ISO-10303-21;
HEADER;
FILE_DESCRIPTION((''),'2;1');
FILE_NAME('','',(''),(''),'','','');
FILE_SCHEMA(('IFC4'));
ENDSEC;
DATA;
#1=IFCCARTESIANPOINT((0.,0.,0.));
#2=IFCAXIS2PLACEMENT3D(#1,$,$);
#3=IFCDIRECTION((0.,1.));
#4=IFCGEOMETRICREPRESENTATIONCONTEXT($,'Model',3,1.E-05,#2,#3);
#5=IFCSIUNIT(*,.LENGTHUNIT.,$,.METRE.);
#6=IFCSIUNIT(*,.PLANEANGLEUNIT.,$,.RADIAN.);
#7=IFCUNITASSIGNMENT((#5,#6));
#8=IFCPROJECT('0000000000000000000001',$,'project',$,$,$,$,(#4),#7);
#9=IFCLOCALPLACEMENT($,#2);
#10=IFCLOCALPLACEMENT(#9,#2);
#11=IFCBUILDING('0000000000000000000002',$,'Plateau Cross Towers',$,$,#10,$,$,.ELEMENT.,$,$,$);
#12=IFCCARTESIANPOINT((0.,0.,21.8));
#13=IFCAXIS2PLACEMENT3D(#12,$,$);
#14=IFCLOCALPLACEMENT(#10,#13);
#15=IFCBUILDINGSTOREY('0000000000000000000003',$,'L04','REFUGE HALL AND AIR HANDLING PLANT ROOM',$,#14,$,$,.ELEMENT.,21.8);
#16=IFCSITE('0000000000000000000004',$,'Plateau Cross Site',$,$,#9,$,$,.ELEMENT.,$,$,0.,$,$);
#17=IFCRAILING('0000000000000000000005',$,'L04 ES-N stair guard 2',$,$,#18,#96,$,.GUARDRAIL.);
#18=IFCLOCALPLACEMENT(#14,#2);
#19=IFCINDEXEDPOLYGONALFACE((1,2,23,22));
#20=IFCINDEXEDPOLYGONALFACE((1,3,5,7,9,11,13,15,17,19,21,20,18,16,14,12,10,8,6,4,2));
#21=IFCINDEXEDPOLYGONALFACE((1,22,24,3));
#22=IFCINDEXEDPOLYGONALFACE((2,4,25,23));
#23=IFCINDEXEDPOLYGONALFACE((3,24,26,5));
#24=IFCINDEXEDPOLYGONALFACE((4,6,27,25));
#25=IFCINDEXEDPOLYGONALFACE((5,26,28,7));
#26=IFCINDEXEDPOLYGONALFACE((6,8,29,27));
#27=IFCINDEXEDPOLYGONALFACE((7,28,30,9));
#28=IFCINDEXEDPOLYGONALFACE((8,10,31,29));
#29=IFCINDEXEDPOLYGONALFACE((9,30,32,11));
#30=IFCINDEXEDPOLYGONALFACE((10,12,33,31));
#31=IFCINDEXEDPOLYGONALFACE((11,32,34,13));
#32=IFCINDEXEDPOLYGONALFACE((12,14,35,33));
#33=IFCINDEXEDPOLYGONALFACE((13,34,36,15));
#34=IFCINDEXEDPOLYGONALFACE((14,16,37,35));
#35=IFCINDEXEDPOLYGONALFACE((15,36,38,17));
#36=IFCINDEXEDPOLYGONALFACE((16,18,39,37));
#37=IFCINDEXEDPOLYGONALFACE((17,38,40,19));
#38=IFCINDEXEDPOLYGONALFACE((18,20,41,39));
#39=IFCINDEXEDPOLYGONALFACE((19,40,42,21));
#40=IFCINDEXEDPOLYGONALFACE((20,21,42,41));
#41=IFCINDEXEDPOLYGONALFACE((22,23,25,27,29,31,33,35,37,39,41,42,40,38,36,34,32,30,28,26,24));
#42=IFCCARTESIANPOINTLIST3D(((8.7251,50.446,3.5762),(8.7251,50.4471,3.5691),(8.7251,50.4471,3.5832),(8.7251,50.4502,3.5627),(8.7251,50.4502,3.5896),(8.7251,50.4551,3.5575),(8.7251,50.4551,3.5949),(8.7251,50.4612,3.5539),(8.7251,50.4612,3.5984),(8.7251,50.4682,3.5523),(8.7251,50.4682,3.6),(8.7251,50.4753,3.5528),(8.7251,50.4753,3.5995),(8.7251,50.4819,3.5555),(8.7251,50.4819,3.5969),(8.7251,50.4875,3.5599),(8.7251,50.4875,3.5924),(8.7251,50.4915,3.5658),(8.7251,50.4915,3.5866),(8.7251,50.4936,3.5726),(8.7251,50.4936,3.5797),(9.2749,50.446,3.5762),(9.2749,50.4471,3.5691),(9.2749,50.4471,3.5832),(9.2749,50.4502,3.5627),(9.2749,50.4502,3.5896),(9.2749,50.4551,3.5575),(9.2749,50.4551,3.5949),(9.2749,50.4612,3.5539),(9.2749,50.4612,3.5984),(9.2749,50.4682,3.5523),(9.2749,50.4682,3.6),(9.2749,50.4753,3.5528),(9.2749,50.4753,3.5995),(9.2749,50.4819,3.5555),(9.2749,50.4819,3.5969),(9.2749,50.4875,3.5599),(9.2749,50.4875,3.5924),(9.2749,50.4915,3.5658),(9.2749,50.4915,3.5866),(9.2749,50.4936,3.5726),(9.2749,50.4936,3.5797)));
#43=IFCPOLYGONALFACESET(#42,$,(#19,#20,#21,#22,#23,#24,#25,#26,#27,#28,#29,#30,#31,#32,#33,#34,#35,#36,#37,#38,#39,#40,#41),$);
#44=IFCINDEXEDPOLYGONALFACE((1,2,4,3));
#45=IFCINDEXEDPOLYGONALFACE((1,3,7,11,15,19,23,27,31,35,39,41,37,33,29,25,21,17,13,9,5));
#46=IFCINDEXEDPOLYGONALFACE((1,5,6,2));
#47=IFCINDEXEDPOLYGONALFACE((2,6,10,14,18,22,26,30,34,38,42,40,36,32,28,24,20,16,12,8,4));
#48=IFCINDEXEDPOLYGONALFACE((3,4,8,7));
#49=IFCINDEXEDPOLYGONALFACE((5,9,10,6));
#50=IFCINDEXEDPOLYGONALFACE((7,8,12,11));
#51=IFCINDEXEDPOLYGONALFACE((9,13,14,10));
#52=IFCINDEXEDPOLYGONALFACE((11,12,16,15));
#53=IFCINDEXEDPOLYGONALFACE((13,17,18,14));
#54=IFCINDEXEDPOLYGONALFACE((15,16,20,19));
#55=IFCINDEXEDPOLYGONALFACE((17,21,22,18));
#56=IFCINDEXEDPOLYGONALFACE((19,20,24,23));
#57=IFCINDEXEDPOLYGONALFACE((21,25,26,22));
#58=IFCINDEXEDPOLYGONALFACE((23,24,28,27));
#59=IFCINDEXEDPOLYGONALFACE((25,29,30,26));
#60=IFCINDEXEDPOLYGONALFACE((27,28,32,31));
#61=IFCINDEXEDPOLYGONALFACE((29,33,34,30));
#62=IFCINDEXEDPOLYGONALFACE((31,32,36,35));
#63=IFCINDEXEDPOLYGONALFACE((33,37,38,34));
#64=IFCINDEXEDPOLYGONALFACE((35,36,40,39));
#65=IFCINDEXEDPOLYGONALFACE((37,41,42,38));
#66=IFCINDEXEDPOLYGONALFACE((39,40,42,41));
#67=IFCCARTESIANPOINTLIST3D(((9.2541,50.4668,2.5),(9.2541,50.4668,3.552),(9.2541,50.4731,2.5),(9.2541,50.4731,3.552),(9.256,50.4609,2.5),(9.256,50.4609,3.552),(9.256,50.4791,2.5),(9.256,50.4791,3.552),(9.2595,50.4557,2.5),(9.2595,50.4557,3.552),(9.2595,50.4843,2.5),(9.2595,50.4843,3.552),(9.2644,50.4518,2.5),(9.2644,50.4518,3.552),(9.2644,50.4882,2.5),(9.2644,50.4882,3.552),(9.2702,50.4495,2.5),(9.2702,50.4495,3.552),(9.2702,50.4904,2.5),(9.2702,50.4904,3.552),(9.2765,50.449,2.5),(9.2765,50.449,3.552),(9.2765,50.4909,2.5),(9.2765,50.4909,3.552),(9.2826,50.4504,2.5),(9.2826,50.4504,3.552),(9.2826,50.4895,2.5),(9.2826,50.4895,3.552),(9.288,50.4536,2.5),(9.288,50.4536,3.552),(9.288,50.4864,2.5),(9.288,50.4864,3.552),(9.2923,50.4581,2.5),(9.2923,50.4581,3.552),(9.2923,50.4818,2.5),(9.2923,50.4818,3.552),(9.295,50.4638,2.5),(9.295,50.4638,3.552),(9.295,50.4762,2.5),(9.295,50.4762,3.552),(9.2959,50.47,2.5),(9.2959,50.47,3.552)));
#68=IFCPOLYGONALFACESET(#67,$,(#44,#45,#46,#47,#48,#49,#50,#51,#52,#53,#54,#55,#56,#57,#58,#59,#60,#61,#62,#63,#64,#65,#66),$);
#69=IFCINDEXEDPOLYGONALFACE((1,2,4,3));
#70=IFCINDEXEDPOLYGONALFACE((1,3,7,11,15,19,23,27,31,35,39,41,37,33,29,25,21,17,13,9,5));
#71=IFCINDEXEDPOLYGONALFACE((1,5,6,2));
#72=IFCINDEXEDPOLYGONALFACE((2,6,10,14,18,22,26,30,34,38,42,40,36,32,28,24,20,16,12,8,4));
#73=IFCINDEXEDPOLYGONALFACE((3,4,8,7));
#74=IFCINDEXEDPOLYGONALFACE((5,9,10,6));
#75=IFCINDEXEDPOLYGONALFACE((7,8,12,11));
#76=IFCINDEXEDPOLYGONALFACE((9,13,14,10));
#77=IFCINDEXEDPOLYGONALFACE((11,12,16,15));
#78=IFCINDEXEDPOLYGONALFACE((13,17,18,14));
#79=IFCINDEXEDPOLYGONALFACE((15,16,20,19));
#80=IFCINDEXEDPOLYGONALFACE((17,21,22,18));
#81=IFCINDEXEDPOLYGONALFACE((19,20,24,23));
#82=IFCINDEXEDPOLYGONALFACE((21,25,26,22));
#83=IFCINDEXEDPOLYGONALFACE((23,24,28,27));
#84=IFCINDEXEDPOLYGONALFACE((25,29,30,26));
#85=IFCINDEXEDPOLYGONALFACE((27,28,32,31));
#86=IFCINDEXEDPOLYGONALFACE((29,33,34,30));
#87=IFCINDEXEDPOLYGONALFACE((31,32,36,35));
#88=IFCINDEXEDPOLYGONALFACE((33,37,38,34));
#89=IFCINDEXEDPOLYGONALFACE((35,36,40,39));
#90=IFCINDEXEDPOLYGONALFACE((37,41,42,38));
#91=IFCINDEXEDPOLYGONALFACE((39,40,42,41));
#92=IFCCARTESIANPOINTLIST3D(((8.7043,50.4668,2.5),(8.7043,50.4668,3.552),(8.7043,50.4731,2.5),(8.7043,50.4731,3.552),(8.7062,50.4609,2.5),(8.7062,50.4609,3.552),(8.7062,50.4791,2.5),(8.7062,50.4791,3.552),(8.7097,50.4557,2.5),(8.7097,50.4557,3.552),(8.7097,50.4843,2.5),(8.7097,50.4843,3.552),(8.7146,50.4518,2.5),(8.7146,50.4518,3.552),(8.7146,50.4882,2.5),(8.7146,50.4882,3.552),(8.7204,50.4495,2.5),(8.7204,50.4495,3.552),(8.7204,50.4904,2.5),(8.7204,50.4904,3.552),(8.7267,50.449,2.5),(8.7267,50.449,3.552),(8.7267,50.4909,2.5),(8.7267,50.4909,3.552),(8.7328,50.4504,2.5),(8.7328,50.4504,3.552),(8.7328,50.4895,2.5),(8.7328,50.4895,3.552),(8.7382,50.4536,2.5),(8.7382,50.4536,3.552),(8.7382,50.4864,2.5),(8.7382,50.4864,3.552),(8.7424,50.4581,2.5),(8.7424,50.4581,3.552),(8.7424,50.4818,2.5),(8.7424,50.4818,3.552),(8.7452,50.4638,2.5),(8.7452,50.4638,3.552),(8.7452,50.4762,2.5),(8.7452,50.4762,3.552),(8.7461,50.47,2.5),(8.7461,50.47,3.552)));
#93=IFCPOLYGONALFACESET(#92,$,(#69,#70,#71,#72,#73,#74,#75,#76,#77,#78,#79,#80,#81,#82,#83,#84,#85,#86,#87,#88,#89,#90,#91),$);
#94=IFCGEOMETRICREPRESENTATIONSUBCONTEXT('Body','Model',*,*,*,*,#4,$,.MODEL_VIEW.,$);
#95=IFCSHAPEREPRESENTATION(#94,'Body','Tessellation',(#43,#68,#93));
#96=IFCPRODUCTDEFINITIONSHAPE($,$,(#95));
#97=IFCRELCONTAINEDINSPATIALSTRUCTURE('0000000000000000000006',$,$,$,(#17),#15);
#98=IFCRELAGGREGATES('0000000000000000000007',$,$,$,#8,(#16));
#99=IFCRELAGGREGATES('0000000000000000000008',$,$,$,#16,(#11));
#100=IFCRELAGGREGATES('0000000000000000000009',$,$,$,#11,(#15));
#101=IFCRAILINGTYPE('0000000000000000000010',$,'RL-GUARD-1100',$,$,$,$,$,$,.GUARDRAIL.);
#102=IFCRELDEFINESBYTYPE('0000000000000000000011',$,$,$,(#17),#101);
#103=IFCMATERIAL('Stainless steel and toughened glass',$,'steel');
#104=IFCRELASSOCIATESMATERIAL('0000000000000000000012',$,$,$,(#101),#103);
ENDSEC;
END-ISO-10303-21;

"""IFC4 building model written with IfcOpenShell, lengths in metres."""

from ifc_helpers import new_model, si_unit, direction, frame, origin, origin_2d, place, context, subcontext, project, spatial, circle, extrude, material, type_object, element, save


model = new_model("IFC4")

# Units and contexts
model_context = context("Model", 3, precision=1e-05, world=origin(), true_north=direction((0.0, 1.0)))
body_context = subcontext(model_context, "Body", "Model", "MODEL_VIEW")
ifc_project = project(units=[si_unit("LENGTHUNIT", "METRE"), si_unit("PLANEANGLEUNIT", "RADIAN")], contexts=[model_context])

# Site, building, storey
site_placement = place(None, origin())
site = spatial("IfcSite", under=ifc_project, at=site_placement, Name="Plateau Cross Site", CompositionType="ELEMENT", RefElevation=0.0)
building_placement = place(site_placement, origin())
building = spatial("IfcBuilding", under=site, at=building_placement, Name="Plateau Cross Towers", CompositionType="ELEMENT")
storey_placement = place(building_placement, frame((0.0, 0.0, 21.8)))
storey = spatial("IfcBuildingStorey", under=building, at=storey_placement, Name="L04", Description="REFUGE HALL AND AIR HANDLING PLANT ROOM", CompositionType="ELEMENT", Elevation=21.8)

# Railing
ifc_material_1 = material(Name="Stainless steel and toughened glass", Category="steel")
railing_type_1 = type_object("IfcRailingType", Name="RL-GUARD-1100", PredefinedType="GUARDRAIL", material=ifc_material_1)
railing_1_placement = place(storey_placement, frame((9.2749, 50.47, 2.5)))
element("IfcRailing", 1, at=railing_1_placement, inside=storey, type_object=railing_type_1, Name="L04 ES-N stair guard 2", PredefinedType="GUARDRAIL", context=body_context, shape_type="SweptSolid", body=[
    extrude(circle(Radius=0.0239, at=origin_2d()), frame((0.0, 0.0, 1.0762), z_axis=(-1.0, 0.0, 0.0), x_axis=(0.0, -1.0, 0.0)), (0.0, 0.0, 1.0), 0.5498),
    extrude(circle(Radius=0.021, at=origin_2d()), origin(), (0.0, 0.0, 1.0), 1.052),
    extrude(circle(Radius=0.021, at=origin_2d()), frame((-0.5498, 0.0, 0.0)), (0.0, 0.0, 1.0), 1.052),
])

save(model, "model.ifc")
